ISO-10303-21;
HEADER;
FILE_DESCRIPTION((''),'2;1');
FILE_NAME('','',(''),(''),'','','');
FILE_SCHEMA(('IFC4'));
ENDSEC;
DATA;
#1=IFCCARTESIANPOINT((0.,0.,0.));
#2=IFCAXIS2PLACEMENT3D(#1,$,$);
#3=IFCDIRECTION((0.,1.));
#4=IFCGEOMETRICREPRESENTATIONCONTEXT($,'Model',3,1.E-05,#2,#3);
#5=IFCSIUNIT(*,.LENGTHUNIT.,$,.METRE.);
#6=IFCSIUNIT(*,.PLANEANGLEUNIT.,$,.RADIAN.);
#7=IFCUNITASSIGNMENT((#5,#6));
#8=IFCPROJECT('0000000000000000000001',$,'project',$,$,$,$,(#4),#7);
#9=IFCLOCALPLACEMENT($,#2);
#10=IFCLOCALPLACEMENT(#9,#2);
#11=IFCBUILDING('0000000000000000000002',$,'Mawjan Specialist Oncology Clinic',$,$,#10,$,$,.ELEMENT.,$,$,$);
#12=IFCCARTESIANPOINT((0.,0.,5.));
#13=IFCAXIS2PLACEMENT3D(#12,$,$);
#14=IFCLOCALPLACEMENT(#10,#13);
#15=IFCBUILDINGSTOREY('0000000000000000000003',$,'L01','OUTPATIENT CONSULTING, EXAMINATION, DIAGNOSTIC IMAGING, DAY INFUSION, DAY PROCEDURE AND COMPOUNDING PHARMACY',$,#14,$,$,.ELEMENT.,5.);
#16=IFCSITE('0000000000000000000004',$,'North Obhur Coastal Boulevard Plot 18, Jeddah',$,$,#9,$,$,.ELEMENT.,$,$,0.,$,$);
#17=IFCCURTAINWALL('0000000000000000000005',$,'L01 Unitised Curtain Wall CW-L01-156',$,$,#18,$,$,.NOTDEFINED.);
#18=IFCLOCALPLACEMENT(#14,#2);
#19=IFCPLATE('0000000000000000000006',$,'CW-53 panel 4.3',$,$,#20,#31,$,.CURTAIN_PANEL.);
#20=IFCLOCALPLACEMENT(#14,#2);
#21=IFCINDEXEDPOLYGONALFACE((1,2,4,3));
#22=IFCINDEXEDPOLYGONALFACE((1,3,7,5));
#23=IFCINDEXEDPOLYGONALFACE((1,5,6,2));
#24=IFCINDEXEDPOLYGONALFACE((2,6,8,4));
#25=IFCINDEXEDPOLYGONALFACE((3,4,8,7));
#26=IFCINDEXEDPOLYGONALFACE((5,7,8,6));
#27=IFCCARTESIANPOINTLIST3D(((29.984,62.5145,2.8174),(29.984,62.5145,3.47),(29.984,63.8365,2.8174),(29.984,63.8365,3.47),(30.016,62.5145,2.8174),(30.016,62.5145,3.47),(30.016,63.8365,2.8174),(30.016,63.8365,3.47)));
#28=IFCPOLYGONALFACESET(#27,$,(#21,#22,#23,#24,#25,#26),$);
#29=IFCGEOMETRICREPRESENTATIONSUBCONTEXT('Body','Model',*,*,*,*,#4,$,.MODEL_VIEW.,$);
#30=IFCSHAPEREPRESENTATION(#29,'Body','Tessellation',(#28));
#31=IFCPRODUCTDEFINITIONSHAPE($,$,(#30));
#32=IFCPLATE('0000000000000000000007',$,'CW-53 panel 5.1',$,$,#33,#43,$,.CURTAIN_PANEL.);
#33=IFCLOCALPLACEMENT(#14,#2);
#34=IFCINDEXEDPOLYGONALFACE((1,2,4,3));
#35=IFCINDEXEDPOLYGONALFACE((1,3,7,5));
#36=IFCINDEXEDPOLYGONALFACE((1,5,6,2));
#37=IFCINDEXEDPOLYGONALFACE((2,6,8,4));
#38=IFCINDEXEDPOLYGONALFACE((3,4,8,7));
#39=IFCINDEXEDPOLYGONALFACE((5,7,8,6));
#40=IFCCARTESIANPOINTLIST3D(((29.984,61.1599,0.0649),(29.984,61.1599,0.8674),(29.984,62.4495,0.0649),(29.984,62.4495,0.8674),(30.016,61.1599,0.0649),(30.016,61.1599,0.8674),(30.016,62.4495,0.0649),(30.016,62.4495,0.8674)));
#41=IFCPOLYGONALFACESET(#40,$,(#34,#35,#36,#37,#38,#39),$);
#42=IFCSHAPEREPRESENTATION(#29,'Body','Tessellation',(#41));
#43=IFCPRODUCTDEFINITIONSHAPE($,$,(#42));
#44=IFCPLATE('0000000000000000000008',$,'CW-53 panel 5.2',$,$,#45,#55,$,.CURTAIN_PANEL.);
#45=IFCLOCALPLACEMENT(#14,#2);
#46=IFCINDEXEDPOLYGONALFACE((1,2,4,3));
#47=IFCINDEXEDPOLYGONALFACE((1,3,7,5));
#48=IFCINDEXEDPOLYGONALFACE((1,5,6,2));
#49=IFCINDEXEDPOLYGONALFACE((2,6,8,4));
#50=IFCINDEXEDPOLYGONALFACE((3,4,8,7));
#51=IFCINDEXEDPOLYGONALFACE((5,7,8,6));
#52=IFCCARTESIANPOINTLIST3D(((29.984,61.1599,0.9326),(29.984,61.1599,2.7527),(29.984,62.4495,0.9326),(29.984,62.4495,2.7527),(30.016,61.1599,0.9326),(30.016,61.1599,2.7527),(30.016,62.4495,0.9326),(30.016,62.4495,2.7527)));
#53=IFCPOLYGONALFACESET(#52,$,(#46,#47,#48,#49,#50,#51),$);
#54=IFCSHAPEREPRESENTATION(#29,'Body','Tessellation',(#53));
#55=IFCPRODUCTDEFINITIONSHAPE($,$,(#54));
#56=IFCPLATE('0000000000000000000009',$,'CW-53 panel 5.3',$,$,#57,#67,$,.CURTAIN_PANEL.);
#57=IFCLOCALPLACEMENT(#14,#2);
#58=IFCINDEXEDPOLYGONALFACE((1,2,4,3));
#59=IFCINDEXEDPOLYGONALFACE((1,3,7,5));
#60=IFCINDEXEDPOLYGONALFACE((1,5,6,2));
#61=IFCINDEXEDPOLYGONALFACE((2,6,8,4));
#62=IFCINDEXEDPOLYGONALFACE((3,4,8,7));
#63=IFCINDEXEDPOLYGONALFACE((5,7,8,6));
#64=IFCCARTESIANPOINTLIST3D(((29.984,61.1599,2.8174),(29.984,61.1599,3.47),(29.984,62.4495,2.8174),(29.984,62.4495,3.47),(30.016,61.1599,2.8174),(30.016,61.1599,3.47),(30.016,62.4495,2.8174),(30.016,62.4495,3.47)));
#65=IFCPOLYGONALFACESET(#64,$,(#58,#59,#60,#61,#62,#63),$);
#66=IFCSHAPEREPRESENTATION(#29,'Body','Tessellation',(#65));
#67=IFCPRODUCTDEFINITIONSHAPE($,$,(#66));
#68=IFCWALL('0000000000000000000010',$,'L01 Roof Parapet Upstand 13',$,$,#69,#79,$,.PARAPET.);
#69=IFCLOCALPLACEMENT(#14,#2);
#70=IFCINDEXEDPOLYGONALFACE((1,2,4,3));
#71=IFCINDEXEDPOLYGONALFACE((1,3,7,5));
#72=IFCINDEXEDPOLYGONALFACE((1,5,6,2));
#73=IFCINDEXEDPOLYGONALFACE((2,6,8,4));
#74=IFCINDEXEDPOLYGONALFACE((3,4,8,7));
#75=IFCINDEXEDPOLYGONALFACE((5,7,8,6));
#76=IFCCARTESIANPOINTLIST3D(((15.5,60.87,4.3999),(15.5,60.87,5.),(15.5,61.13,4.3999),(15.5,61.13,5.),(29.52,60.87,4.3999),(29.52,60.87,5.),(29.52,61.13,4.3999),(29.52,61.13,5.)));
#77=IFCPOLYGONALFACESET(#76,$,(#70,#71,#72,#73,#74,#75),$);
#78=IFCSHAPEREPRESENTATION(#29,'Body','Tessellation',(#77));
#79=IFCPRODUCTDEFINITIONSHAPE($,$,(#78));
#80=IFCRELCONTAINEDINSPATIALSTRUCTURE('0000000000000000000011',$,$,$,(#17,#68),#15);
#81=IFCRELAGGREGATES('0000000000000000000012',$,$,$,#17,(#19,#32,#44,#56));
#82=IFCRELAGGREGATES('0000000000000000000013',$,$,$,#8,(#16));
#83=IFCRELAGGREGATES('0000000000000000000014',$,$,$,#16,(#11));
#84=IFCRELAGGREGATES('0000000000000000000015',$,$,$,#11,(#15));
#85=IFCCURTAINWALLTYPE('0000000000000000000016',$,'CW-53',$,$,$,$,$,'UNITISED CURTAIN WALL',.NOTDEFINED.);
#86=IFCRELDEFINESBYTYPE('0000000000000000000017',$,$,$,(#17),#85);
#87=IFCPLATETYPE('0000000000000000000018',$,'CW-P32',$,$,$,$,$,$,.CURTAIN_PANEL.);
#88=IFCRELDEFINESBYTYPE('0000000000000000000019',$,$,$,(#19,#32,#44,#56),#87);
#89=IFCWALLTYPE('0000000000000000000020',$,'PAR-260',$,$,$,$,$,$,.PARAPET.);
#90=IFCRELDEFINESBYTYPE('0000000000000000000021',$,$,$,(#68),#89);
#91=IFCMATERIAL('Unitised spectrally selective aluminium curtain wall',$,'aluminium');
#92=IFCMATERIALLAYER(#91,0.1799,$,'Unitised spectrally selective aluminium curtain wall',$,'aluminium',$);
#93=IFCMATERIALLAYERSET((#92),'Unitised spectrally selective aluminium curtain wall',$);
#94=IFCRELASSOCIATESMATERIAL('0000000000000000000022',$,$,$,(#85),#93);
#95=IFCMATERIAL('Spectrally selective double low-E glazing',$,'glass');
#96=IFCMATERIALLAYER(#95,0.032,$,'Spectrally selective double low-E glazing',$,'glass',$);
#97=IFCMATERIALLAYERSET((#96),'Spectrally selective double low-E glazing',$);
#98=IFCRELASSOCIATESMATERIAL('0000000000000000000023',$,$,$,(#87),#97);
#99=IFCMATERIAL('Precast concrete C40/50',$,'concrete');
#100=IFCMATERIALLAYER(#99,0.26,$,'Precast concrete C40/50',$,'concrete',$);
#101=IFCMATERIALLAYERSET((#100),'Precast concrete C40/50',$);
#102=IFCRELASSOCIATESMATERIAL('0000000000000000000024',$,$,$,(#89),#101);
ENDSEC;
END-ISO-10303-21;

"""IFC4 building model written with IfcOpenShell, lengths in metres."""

from ifc_helpers import new_model, si_unit, direction, frame, frame_2d, origin, origin_2d, place, context, subcontext, project, spatial, rectangle, extrude, material, layer, layer_set, type_object, element, aggregate, save


model = new_model("IFC4")

# Units and contexts
model_context = context("Model", 3, precision=1e-05, world=origin(), true_north=direction((0.0, 1.0)))
body_context = subcontext(model_context, "Body", "Model", "MODEL_VIEW")
ifc_project = project(units=[si_unit("LENGTHUNIT", "METRE"), si_unit("PLANEANGLEUNIT", "RADIAN")], contexts=[model_context])

# Site, building, storey
site_placement = place(None, origin())
site = spatial("IfcSite", under=ifc_project, at=site_placement, Name="North Obhur Coastal Boulevard Plot 18, Jeddah", CompositionType="ELEMENT", RefElevation=0.0)
building_placement = place(site_placement, origin())
building = spatial("IfcBuilding", under=site, at=building_placement, Name="Mawjan Specialist Oncology Clinic", CompositionType="ELEMENT")
storey_placement = place(building_placement, frame((0.0, 0.0, 5.0)))
storey = spatial("IfcBuildingStorey", under=building, at=storey_placement, Name="L01", Description="OUTPATIENT CONSULTING, EXAMINATION, DIAGNOSTIC IMAGING, DAY INFUSION, DAY PROCEDURE AND COMPOUNDING PHARMACY", CompositionType="ELEMENT", Elevation=5.0)

# Curtain wall, plates
ifc_material_1 = material(Name="Unitised spectrally selective aluminium curtain wall", Category="aluminium")
ifc_layer_1 = layer(ifc_material_1, 0.1799, Name="Unitised spectrally selective aluminium curtain wall", Category="aluminium")
ifc_layer_set_1 = layer_set([ifc_layer_1], Name="Unitised spectrally selective aluminium curtain wall")
curtain_wall_type = type_object("IfcCurtainWallType", Name="CW-53", ElementType="UNITISED CURTAIN WALL", PredefinedType="NOTDEFINED", material=ifc_layer_set_1)
curtain_wall_placement = place(storey_placement, origin())
curtain_wall = element("IfcCurtainWall", 1, at=curtain_wall_placement, inside=storey, type_object=curtain_wall_type, Name="L01 Unitised Curtain Wall CW-L01-156", PredefinedType="NOTDEFINED")
ifc_material_2 = material(Name="Spectrally selective double low-E glazing", Category="glass")
ifc_layer_2 = layer(ifc_material_2, 0.032, Name="Spectrally selective double low-E glazing", Category="glass")
ifc_layer_set_2 = layer_set([ifc_layer_2], Name="Spectrally selective double low-E glazing")
plate_type = type_object("IfcPlateType", Name="CW-P32", PredefinedType="CURTAIN_PANEL", material=ifc_layer_set_2)
plate_1_placement = place(storey_placement, frame((30.0, 63.1755, 2.8174), z_axis=(0.0, 0.0, 1.0), x_axis=(0.0, -1.0, 0.0)))
plate_1 = element("IfcPlate", 2, at=plate_1_placement, type_object=plate_type, Name="CW-53 panel 4.3", PredefinedType="CURTAIN_PANEL", context=body_context, shape_type="SweptSolid", body=[
    extrude(rectangle(XDim=1.322, YDim=0.032, at=origin_2d()), origin(), (0.0, 0.0, 1.0), 0.6526),
])
plate_2_placement = place(storey_placement, frame((30.0, 61.8047, 0.0649), z_axis=(0.0, 0.0, 1.0), x_axis=(0.0, -1.0, 0.0)))
plate_2 = element("IfcPlate", 3, at=plate_2_placement, type_object=plate_type, Name="CW-53 panel 5.1", PredefinedType="CURTAIN_PANEL", context=body_context, shape_type="SweptSolid", body=[
    extrude(rectangle(XDim=1.2896, YDim=0.032, at=origin_2d()), origin(), (0.0, 0.0, 1.0), 0.8025),
])
plate_3_placement = place(storey_placement, frame((30.0, 61.8047, 0.9326), z_axis=(0.0, 0.0, 1.0), x_axis=(0.0, -1.0, 0.0)))
plate_3 = element("IfcPlate", 4, at=plate_3_placement, type_object=plate_type, Name="CW-53 panel 5.2", PredefinedType="CURTAIN_PANEL", context=body_context, shape_type="SweptSolid", body=[
    extrude(rectangle(XDim=1.2896, YDim=0.032, at=origin_2d()), origin(), (0.0, 0.0, 1.0), 1.8201),
])
plate_4_placement = place(storey_placement, frame((30.0, 61.8047, 2.8174), z_axis=(0.0, 0.0, 1.0), x_axis=(0.0, -1.0, 0.0)))
plate_4 = element("IfcPlate", 5, at=plate_4_placement, type_object=plate_type, Name="CW-53 panel 5.3", PredefinedType="CURTAIN_PANEL", context=body_context, shape_type="SweptSolid", body=[
    extrude(rectangle(XDim=1.2896, YDim=0.032, at=origin_2d()), origin(), (0.0, 0.0, 1.0), 0.6526),
])
aggregate(curtain_wall, [plate_1, plate_2, plate_3, plate_4])

# Wall
ifc_material_3 = material(Name="Precast concrete C40/50", Category="concrete")
ifc_layer_3 = layer(ifc_material_3, 0.26, Name="Precast concrete C40/50", Category="concrete")
ifc_layer_set_3 = layer_set([ifc_layer_3], Name="Precast concrete C40/50")
wall_type = type_object("IfcWallType", Name="PAR-260", PredefinedType="PARAPET", material=ifc_layer_set_3)
wall_placement = place(storey_placement, frame((29.52, 61.0, 4.3999), z_axis=(0.0, 0.0, 1.0), x_axis=(-1.0, 0.0, 0.0)))
element("IfcWall", 6, at=wall_placement, inside=storey, type_object=wall_type, Name="L01 Roof Parapet Upstand 13", PredefinedType="PARAPET", context=body_context, shape_type="SweptSolid", body=[
    extrude(rectangle(XDim=14.02, YDim=0.26, at=frame_2d((7.01, 0.0))), origin(), (0.0, 0.0, 1.0), 0.6001),
])

save(model, "model.ifc")
